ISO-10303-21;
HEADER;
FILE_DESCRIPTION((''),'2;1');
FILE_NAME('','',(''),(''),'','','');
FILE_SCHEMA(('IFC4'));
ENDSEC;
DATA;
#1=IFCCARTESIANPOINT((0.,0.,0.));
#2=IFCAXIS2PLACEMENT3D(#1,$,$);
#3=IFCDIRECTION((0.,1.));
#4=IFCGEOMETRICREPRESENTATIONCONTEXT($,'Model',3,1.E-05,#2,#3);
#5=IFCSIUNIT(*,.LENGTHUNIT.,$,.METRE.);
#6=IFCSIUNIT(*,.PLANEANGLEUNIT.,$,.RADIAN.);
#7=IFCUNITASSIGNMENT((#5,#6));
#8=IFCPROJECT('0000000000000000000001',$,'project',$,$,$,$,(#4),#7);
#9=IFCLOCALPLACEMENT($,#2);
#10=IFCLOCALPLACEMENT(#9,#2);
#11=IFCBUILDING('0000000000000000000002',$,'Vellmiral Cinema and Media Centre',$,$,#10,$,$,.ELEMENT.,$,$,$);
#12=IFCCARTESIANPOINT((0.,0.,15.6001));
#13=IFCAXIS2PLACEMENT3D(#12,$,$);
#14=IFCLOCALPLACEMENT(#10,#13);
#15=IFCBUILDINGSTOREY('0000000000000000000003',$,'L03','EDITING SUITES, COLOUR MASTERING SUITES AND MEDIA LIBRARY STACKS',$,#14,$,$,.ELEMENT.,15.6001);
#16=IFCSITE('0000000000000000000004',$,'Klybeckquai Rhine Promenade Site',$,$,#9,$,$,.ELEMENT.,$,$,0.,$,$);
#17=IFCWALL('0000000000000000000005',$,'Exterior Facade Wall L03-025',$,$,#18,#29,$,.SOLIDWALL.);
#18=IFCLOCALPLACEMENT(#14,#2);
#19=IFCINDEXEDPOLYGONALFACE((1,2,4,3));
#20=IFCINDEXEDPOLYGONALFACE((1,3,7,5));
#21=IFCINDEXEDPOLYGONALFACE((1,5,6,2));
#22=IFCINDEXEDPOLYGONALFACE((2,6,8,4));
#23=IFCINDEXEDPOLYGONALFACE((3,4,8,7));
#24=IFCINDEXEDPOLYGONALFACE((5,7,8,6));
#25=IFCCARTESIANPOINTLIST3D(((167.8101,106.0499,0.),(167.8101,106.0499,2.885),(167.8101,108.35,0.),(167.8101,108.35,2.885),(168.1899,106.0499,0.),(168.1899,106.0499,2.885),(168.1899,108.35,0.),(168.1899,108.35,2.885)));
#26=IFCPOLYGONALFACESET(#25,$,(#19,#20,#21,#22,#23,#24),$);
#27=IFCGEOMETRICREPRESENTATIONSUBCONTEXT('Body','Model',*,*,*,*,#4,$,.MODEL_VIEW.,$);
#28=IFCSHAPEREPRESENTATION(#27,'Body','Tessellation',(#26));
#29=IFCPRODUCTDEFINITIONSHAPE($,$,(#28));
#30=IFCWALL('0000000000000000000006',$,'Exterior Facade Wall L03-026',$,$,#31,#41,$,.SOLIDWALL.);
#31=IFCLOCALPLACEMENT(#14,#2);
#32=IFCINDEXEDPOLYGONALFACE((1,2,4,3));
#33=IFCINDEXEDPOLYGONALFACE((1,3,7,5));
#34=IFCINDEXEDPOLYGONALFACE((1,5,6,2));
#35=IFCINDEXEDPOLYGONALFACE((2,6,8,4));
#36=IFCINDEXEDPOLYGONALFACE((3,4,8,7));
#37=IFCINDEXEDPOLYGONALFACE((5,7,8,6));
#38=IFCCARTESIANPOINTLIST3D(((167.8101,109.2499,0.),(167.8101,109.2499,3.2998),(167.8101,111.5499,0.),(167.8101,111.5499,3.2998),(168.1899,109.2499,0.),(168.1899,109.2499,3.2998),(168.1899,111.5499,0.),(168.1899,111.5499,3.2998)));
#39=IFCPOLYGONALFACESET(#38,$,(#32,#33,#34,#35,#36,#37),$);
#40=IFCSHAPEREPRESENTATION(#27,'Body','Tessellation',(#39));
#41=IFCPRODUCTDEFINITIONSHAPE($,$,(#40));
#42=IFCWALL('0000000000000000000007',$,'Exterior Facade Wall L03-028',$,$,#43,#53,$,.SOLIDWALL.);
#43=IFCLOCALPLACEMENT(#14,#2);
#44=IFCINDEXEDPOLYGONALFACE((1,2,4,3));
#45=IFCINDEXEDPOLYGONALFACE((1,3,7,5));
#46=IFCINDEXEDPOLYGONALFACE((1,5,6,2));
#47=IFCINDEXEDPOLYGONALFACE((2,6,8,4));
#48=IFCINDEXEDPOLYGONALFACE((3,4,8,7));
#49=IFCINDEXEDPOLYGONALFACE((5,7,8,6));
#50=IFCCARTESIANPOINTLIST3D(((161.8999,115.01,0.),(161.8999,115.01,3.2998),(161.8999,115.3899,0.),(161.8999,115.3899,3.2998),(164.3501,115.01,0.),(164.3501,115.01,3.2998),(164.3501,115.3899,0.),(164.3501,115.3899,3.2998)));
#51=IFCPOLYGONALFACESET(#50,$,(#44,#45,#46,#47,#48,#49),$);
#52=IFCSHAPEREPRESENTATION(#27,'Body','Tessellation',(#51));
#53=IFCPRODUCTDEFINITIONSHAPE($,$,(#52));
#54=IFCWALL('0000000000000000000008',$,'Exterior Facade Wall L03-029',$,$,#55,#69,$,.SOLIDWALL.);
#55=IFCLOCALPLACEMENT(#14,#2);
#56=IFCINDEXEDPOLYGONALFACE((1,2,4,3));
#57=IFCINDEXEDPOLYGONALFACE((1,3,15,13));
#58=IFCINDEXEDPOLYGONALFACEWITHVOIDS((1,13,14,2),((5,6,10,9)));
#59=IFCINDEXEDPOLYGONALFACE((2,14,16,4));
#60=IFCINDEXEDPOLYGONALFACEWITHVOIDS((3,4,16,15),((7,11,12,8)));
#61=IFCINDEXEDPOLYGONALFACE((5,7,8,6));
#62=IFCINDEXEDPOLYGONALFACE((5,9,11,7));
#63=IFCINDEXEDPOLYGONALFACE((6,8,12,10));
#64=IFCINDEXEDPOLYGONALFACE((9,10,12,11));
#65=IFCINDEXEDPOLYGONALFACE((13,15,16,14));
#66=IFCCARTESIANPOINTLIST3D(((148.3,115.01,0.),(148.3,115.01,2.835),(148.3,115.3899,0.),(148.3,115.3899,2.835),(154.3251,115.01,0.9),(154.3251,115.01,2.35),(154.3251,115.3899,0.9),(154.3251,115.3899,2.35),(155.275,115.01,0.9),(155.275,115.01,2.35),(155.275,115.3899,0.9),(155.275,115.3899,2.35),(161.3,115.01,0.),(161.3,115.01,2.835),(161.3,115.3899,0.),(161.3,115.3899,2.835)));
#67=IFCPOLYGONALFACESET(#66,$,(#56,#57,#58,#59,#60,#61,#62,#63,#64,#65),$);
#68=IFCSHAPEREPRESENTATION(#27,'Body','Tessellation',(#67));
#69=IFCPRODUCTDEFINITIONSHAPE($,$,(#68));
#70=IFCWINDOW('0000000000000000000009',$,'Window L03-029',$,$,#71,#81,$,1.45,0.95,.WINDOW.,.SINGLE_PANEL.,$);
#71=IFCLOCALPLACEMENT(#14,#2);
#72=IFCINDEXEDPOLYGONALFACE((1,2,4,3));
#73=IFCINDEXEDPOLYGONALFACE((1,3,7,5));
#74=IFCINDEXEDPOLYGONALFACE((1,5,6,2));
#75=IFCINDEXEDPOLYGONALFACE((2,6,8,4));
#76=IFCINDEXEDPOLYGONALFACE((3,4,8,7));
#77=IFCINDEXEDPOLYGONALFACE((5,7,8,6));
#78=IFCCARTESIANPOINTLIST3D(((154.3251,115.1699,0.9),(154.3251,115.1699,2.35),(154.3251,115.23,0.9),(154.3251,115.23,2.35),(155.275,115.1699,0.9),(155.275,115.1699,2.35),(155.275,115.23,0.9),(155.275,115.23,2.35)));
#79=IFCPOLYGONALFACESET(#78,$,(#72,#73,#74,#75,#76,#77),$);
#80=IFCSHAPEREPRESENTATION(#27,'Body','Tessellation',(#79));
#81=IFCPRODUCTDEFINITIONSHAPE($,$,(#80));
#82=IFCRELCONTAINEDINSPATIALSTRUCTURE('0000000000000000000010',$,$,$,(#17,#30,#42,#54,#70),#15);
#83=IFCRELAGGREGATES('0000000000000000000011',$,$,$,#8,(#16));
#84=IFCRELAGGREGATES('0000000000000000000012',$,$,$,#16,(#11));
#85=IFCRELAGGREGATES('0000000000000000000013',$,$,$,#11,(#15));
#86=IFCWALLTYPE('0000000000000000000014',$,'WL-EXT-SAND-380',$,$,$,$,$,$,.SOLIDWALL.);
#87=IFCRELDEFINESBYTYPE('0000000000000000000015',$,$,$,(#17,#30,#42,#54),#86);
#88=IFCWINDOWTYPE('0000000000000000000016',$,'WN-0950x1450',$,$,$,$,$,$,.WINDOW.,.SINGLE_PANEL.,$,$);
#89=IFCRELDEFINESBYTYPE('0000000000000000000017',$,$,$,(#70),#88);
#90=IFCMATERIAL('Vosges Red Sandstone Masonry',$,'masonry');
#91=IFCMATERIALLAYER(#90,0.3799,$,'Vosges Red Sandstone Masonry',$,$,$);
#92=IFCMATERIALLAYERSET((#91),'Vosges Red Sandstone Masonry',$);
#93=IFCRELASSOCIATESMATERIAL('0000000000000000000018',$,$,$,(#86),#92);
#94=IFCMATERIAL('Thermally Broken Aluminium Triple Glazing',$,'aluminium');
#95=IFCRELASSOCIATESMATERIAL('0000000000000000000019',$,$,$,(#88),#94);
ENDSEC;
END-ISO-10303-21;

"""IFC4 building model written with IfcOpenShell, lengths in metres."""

from ifc_helpers import new_model, si_unit, direction, frame, frame_2d, origin, place, context, subcontext, project, spatial, rectangle, extrude, material, layer, layer_set, type_object, element, fill, save


model = new_model("IFC4")

# Units and contexts
model_context = context("Model", 3, precision=1e-05, world=origin(), true_north=direction((0.0, 1.0)))
body_context = subcontext(model_context, "Body", "Model", "MODEL_VIEW")
ifc_project = project(units=[si_unit("LENGTHUNIT", "METRE"), si_unit("PLANEANGLEUNIT", "RADIAN")], contexts=[model_context])

# Site, building, storey
site_placement = place(None, origin())
site = spatial("IfcSite", under=ifc_project, at=site_placement, Name="Klybeckquai Rhine Promenade Site", CompositionType="ELEMENT", RefElevation=0.0)
building_placement = place(site_placement, origin())
building = spatial("IfcBuilding", under=site, at=building_placement, Name="Vellmiral Cinema and Media Centre", CompositionType="ELEMENT")
storey_placement = place(building_placement, frame((0.0, 0.0, 15.6001)))
storey = spatial("IfcBuildingStorey", under=building, at=storey_placement, Name="L03", Description="EDITING SUITES, COLOUR MASTERING SUITES AND MEDIA LIBRARY STACKS", CompositionType="ELEMENT", Elevation=15.6001)

# Walls
ifc_material_1 = material(Name="Vosges Red Sandstone Masonry", Category="masonry")
ifc_layer_1 = layer(ifc_material_1, 0.3799, Name="Vosges Red Sandstone Masonry")
ifc_layer_set_1 = layer_set([ifc_layer_1], Name="Vosges Red Sandstone Masonry")
wall_type_1 = type_object("IfcWallType", Name="WL-EXT-SAND-380", PredefinedType="SOLIDWALL", material=ifc_layer_set_1)
wall_1_placement = place(storey_placement, frame((168.0, 106.05, 0.0), z_axis=(0.0, 0.0, 1.0), x_axis=(0.0, 1.0, 0.0)))
element("IfcWall", 1, at=wall_1_placement, inside=storey, type_object=wall_type_1, Name="Exterior Facade Wall L03-025", PredefinedType="SOLIDWALL", context=body_context, shape_type="SweptSolid", body=[
    extrude(rectangle(XDim=2.3, YDim=0.3799, at=frame_2d((1.1499, 0.0))), origin(), (0.0, 0.0, 1.0), 2.885),
])
wall_2_placement = place(storey_placement, frame((168.0, 109.25, 0.0), z_axis=(0.0, 0.0, 1.0), x_axis=(0.0, 1.0, 0.0)))
element("IfcWall", 2, at=wall_2_placement, inside=storey, type_object=wall_type_1, Name="Exterior Facade Wall L03-026", PredefinedType="SOLIDWALL", context=body_context, shape_type="SweptSolid", body=[
    extrude(rectangle(XDim=2.3, YDim=0.3799, at=frame_2d((1.1499, 0.0))), origin(), (0.0, 0.0, 1.0), 3.2998),
])
wall_3_placement = place(storey_placement, frame((164.3501, 115.2, 0.0), z_axis=(0.0, 0.0, 1.0), x_axis=(-1.0, 0.0, 0.0)))
element("IfcWall", 3, at=wall_3_placement, inside=storey, type_object=wall_type_1, Name="Exterior Facade Wall L03-028", PredefinedType="SOLIDWALL", context=body_context, shape_type="SweptSolid", body=[
    extrude(rectangle(XDim=2.4502, YDim=0.3799, at=frame_2d((1.2251, 0.0))), origin(), (0.0, 0.0, 1.0), 3.2998),
])

# Wall, opening, window
wall_4_placement = place(storey_placement, frame((161.3, 115.2, 0.0), z_axis=(0.0, 0.0, 1.0), x_axis=(-1.0, 0.0, 0.0)))
wall_4 = element("IfcWall", 4, at=wall_4_placement, inside=storey, type_object=wall_type_1, Name="Exterior Facade Wall L03-029", PredefinedType="SOLIDWALL", context=body_context, shape_type="SweptSolid", body=[
    extrude(rectangle(XDim=13.0, YDim=0.3799, at=frame_2d((6.5, 0.0))), origin(), (0.0, 0.0, 1.0), 2.835),
])
opening_1_placement = place(wall_4_placement, frame((6.0249, 0.0, 0.8999)))
opening_1 = element("IfcOpeningElement", 5, at=opening_1_placement, cuts=wall_4, PredefinedType="OPENING", context=body_context, shape_type="SweptSolid", body=[
    extrude(rectangle(XDim=0.95, YDim=1.45, at=frame_2d((0.4751, 0.7251))), frame((0.0, 0.2019, 0.0), z_axis=(0.0, -1.0, 0.0), x_axis=(1.0, 0.0, 0.0)), (0.0, 0.0, 1.0), 0.4038),
])
ifc_material_2 = material(Name="Thermally Broken Aluminium Triple Glazing", Category="aluminium")
window_type_1 = type_object("IfcWindowType", Name="WN-0950x1450", PartitioningType="SINGLE_PANEL", PredefinedType="WINDOW", material=ifc_material_2)
window_1_placement = place(opening_1_placement, origin())
window_1 = element("IfcWindow", 6, at=window_1_placement, inside=storey, type_object=window_type_1, Name="Window L03-029", OverallHeight=1.45, OverallWidth=0.95, PartitioningType="SINGLE_PANEL", PredefinedType="WINDOW", context=body_context, shape_type="SweptSolid", body=[
    extrude(rectangle(XDim=0.95, YDim=1.45, at=frame_2d((0.4751, 0.7251))), frame((0.0, 0.03, 0.0), z_axis=(0.0, -1.0, 0.0), x_axis=(1.0, 0.0, 0.0)), (0.0, 0.0, 1.0), 0.0601),
])
fill(opening_1, window_1)

save(model, "model.ifc")
